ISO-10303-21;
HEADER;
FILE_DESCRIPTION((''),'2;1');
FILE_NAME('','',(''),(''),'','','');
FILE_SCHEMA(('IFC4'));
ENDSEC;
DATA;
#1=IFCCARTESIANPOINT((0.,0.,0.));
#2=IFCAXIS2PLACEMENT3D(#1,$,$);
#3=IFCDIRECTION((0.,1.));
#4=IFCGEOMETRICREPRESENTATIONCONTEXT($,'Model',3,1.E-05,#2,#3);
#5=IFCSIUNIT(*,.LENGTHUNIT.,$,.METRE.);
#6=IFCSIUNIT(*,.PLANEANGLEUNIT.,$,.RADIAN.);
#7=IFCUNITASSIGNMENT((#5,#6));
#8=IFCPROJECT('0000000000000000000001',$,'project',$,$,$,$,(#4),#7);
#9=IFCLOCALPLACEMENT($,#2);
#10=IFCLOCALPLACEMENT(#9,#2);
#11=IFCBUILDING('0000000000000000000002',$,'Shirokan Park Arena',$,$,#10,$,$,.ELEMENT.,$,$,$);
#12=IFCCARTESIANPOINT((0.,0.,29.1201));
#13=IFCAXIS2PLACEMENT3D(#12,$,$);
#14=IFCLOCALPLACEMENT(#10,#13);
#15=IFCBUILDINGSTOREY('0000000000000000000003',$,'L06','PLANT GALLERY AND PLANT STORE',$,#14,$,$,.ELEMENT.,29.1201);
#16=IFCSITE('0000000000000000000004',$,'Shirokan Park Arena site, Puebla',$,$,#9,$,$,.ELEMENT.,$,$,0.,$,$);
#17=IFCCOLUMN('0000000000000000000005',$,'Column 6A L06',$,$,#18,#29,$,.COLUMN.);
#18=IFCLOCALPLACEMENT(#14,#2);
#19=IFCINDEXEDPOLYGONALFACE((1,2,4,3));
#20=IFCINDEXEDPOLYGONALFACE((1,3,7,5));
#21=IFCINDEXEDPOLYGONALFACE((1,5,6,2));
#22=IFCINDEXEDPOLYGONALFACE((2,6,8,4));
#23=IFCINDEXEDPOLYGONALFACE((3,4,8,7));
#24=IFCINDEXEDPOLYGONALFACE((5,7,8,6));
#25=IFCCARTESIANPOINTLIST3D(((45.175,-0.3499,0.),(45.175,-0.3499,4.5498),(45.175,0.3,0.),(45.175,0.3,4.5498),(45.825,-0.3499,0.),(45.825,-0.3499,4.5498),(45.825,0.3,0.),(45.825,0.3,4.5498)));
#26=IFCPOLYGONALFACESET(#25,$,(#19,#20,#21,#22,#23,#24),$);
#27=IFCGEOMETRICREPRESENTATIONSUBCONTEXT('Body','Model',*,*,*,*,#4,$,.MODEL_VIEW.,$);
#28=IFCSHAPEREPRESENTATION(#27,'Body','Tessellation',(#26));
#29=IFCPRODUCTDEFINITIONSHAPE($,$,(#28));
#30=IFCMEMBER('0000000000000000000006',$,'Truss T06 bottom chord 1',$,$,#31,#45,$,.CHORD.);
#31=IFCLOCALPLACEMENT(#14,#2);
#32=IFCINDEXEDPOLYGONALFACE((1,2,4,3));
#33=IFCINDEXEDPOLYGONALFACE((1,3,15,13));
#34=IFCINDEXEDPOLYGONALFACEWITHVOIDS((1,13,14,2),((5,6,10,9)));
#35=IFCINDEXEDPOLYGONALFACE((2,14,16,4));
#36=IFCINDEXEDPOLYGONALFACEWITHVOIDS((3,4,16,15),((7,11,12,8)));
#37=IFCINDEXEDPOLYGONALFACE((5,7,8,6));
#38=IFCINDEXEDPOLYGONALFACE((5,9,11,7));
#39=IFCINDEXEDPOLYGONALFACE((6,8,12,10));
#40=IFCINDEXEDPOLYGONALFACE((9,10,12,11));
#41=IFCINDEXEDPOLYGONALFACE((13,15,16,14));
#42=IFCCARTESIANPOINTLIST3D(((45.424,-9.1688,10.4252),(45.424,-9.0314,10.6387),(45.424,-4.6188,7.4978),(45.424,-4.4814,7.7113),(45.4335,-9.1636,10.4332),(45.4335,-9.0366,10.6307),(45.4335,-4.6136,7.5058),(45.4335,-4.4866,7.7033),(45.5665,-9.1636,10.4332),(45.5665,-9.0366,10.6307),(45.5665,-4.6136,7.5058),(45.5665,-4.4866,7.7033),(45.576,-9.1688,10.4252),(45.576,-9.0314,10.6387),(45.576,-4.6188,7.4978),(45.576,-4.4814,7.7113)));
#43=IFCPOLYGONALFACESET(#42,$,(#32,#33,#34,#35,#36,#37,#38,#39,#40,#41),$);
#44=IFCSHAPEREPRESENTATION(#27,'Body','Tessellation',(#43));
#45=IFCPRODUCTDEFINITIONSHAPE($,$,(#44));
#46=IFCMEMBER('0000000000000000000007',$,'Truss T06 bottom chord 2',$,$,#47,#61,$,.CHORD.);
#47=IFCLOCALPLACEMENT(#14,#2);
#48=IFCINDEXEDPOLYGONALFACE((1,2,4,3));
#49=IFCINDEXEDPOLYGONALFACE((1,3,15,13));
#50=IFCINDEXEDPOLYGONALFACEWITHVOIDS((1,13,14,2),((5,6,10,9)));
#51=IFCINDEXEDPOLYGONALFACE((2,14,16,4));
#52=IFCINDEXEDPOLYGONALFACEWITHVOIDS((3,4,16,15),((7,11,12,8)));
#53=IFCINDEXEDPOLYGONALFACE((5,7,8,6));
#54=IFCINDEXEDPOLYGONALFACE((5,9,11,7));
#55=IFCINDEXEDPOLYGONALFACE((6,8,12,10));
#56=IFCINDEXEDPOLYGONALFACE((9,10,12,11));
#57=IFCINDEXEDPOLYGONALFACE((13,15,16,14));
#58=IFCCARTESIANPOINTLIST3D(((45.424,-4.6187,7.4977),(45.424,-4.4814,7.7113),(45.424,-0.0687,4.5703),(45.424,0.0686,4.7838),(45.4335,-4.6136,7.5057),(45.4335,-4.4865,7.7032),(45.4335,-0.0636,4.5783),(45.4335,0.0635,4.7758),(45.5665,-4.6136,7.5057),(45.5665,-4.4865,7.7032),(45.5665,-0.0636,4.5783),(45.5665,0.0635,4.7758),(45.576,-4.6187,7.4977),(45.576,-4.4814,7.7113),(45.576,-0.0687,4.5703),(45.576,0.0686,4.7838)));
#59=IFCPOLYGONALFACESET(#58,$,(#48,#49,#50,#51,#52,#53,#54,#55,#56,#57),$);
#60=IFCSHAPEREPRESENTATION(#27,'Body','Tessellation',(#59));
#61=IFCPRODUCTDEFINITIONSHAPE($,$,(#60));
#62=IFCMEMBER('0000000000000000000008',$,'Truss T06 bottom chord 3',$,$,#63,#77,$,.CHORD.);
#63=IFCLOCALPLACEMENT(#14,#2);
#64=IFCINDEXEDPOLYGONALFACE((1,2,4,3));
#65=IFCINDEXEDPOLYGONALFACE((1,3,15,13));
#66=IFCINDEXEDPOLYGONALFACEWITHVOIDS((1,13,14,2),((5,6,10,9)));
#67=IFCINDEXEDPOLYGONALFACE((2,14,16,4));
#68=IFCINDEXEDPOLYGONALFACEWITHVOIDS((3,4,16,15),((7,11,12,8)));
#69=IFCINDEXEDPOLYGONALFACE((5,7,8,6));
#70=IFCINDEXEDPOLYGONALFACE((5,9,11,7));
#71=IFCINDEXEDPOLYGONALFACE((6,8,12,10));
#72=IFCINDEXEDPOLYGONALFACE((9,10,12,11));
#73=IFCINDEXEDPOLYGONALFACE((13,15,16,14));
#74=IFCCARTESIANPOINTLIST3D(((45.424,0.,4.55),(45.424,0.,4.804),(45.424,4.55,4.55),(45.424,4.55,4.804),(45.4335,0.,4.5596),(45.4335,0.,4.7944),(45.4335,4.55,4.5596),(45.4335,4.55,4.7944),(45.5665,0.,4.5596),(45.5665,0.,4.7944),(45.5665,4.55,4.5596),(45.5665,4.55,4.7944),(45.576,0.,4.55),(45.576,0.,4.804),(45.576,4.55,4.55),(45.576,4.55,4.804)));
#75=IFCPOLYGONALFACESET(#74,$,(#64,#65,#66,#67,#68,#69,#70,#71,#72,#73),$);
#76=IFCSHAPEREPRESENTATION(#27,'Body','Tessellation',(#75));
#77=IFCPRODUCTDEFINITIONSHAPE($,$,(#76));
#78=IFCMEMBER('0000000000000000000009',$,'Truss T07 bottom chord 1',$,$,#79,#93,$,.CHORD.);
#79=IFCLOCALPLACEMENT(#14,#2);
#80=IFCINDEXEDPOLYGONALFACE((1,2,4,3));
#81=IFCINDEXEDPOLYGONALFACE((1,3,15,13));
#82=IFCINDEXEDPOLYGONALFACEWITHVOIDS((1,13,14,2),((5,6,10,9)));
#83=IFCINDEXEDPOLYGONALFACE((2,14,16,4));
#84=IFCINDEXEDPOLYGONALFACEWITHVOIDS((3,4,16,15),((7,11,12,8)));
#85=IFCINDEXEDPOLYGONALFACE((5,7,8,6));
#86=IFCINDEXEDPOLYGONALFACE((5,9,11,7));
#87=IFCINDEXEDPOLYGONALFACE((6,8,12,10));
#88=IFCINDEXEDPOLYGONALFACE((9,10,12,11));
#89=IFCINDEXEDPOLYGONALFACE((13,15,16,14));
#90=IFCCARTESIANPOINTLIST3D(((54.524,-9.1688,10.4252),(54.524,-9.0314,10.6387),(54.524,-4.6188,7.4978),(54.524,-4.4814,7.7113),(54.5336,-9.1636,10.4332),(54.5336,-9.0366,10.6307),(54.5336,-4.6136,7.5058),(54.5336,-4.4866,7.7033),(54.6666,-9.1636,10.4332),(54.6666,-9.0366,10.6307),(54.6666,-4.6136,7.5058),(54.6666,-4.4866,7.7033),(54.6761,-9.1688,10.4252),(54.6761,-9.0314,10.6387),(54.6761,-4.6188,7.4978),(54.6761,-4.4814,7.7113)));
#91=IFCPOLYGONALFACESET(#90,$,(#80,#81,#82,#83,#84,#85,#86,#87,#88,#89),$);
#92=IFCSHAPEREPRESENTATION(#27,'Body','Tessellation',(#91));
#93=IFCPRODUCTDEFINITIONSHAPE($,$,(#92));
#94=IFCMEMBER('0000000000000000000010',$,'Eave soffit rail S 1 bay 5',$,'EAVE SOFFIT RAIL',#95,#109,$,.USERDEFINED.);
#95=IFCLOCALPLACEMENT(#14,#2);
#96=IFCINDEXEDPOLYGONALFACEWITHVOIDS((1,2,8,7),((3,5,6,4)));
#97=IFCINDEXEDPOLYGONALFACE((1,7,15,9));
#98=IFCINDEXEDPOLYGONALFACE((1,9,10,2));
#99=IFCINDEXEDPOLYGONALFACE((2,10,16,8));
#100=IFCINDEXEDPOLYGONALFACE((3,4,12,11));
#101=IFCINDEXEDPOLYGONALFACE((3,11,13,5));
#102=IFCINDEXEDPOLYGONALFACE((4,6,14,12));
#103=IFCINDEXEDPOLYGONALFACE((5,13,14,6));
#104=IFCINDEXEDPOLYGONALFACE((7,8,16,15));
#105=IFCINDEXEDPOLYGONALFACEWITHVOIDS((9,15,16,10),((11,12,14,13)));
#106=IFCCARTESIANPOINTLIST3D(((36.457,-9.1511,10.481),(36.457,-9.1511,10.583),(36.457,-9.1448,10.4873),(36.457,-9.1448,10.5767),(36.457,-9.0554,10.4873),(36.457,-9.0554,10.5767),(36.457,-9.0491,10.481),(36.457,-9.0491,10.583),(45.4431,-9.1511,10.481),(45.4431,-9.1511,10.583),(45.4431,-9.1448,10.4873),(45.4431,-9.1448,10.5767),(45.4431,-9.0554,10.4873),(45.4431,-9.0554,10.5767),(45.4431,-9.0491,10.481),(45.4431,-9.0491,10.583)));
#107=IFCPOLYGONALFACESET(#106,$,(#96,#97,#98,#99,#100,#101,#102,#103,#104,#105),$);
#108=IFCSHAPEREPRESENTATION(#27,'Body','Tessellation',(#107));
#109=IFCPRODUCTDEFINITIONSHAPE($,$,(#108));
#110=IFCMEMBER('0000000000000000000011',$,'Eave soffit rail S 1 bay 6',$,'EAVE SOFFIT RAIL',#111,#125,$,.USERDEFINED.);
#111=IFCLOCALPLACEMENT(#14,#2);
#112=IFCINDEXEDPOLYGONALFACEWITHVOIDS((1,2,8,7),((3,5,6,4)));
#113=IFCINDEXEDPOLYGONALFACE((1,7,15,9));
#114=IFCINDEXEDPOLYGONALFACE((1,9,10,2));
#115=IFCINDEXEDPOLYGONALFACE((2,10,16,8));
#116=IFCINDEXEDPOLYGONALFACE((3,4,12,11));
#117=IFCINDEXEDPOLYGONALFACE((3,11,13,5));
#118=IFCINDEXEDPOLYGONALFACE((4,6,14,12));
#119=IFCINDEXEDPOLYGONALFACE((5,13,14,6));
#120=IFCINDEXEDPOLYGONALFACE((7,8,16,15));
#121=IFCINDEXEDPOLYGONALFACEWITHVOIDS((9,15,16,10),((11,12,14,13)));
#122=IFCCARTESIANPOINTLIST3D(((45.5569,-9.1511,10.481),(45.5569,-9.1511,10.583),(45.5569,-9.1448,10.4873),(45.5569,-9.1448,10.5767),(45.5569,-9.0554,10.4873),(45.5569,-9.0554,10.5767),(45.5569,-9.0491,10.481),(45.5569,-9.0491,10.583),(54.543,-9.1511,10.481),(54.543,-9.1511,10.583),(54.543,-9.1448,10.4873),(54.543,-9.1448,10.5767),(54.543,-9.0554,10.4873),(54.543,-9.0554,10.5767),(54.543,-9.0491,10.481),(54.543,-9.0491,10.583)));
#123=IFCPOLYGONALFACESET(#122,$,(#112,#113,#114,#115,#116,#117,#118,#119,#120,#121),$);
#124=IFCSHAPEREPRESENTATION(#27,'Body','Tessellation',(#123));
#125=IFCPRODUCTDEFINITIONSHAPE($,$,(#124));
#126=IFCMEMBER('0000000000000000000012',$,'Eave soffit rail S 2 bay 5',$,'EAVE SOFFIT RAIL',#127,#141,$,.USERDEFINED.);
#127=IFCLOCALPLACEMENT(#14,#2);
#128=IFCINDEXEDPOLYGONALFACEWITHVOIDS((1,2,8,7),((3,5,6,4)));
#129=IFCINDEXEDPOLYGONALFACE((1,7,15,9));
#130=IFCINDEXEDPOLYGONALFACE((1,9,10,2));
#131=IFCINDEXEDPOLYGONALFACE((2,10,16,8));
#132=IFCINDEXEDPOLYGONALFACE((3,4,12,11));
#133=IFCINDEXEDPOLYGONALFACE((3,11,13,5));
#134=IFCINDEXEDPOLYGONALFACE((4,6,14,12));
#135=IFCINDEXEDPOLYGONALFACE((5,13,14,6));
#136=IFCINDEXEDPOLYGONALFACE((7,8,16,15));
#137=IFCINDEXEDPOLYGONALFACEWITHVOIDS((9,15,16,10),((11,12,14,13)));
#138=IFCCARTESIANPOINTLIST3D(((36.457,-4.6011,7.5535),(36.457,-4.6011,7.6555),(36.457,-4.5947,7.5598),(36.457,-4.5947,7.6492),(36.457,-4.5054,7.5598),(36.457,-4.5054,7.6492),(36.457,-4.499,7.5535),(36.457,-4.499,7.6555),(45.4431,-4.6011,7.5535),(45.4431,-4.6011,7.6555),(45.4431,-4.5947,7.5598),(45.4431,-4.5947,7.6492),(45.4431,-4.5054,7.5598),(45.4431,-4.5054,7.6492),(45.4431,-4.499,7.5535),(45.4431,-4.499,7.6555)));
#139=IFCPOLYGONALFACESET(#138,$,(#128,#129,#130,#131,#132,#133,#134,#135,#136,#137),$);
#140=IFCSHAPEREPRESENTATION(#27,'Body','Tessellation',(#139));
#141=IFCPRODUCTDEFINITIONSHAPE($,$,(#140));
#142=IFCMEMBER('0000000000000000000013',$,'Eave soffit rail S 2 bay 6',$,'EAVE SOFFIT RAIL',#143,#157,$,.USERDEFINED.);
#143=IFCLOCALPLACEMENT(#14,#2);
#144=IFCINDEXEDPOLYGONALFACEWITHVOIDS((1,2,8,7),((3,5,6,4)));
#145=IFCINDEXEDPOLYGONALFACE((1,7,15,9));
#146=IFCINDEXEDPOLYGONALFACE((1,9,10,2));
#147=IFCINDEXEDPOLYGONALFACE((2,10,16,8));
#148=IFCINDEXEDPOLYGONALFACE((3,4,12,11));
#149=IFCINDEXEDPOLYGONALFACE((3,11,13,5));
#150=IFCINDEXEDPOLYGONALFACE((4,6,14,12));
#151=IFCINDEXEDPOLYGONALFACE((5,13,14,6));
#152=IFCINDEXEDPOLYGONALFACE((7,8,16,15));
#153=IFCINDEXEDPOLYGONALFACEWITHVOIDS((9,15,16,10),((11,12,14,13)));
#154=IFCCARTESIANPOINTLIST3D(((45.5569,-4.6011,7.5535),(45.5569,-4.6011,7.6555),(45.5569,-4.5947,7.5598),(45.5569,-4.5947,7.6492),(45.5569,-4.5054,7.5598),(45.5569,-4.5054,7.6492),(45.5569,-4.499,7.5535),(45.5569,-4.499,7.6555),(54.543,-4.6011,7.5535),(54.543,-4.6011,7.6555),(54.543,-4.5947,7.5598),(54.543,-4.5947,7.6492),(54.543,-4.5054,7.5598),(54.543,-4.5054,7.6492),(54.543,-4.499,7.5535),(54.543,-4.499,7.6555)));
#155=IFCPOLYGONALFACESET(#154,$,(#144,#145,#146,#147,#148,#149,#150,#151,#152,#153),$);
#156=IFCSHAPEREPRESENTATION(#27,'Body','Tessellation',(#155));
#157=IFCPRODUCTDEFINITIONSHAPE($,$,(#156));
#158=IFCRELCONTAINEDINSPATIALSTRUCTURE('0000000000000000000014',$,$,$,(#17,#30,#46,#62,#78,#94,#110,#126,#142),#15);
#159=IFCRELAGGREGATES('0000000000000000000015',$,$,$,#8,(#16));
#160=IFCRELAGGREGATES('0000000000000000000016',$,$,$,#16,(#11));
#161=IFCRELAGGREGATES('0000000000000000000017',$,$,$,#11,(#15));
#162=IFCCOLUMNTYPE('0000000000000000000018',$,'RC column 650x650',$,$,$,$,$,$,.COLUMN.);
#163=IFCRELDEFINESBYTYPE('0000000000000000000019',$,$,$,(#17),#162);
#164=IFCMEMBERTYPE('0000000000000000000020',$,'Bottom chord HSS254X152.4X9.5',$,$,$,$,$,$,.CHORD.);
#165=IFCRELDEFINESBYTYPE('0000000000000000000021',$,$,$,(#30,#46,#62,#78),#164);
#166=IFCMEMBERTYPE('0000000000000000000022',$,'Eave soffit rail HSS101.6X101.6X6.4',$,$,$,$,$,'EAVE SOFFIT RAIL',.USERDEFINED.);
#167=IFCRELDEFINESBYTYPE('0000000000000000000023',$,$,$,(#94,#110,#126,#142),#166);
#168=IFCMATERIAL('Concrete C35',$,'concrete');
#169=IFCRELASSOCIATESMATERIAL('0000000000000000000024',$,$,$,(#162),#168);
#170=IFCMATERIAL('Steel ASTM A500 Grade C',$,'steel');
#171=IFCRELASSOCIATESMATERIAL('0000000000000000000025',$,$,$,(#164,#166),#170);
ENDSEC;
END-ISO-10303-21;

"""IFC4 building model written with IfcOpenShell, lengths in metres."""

from ifc_helpers import new_model, si_unit, direction, frame, origin, origin_2d, place, context, subcontext, project, spatial, rectangle, hollow_rectangle, extrude, material, material_profile, profile_set, type_object, element, save


model = new_model("IFC4")

# Units and contexts
model_context = context("Model", 3, precision=1e-05, world=origin(), true_north=direction((0.0, 1.0)))
body_context = subcontext(model_context, "Body", "Model", "MODEL_VIEW")
ifc_project = project(units=[si_unit("LENGTHUNIT", "METRE"), si_unit("PLANEANGLEUNIT", "RADIAN")], contexts=[model_context])

# Site, building, storey
site_placement = place(None, origin())
site = spatial("IfcSite", under=ifc_project, at=site_placement, Name="Shirokan Park Arena site, Puebla", CompositionType="ELEMENT", RefElevation=0.0)
building_placement = place(site_placement, origin())
building = spatial("IfcBuilding", under=site, at=building_placement, Name="Shirokan Park Arena", CompositionType="ELEMENT")
storey_placement = place(building_placement, frame((0.0, 0.0, 29.1201)))
storey = spatial("IfcBuildingStorey", under=building, at=storey_placement, Name="L06", Description="PLANT GALLERY AND PLANT STORE", CompositionType="ELEMENT", Elevation=29.1201)

# Column
ifc_material_1 = material(Name="Concrete C35", Category="concrete")
ifc_material_profile_1 = material_profile(ifc_material_1, rectangle(XDim=0.6499, YDim=0.6499, at=origin_2d()), Name="650x650")
ifc_profile_set_1 = profile_set([ifc_material_profile_1], Name="Concrete C35")
column_type = type_object("IfcColumnType", Name="RC column 650x650", PredefinedType="COLUMN", material=ifc_profile_set_1)
column_placement = place(storey_placement, frame((45.5, -0.0249, 0.0), z_axis=(0.0, 0.0, 1.0), x_axis=(1.0, 0.0, 0.0)))
element("IfcColumn", 1, at=column_placement, inside=storey, type_object=column_type, Name="Column 6A L06", PredefinedType="COLUMN", context=body_context, shape_type="SweptSolid", body=[
    extrude(rectangle(XDim=0.6499, YDim=0.6499, at=origin_2d()), origin(), (0.0, 0.0, 1.0), 4.5498),
])

# Members
ifc_material_2 = material(Name="Steel ASTM A500 Grade C", Category="steel")
ifc_material_profile_2 = material_profile(ifc_material_2, hollow_rectangle(XDim=0.1521, YDim=0.2539, WallThickness=0.0095, at=origin_2d()), Name="HSS254X152.4X9.5")
ifc_profile_set_2 = profile_set([ifc_material_profile_2], Name="Steel ASTM A500 Grade C")
member_type_1 = type_object("IfcMemberType", Name="Bottom chord HSS254X152.4X9.5", PredefinedType="CHORD", material=ifc_profile_set_2)
for number, where, z_axis, x_axis, name in (
    (2, (45.5, -9.1001, 10.532), (0.0, 0.840972, -0.541079), (-1.0, 0.0, 0.0), "Truss T06 bottom chord 1"),
    (3, (45.5, -4.55, 7.6045), (0.0, 0.840972, -0.541079), (-1.0, 0.0, 0.0), "Truss T06 bottom chord 2"),
):
    element("IfcMember", number, at=place(storey_placement, frame(where, z_axis=z_axis, x_axis=x_axis)), inside=storey, type_object=member_type_1, Name=name, PredefinedType="CHORD", context=body_context, shape_type="SweptSolid", body=[
        extrude(hollow_rectangle(XDim=0.1521, YDim=0.2539, WallThickness=0.0095, at=origin_2d()), origin(), (0.0, 0.0, 1.0), 5.4104),
    ])
member_1_placement = place(storey_placement, frame((45.5, 0.0, 4.677), z_axis=(0.0, 1.0, 0.0), x_axis=(-1.0, 0.0, 0.0)))
element("IfcMember", 4, at=member_1_placement, inside=storey, type_object=member_type_1, Name="Truss T06 bottom chord 3", PredefinedType="CHORD", context=body_context, shape_type="SweptSolid", body=[
    extrude(hollow_rectangle(XDim=0.1521, YDim=0.2539, WallThickness=0.0095, at=origin_2d()), origin(), (0.0, 0.0, 1.0), 4.55),
])
member_2_placement = place(storey_placement, frame((54.6001, -9.1001, 10.532), z_axis=(0.0, 0.840972, -0.541079), x_axis=(-1.0, 0.0, 0.0)))
element("IfcMember", 5, at=member_2_placement, inside=storey, type_object=member_type_1, Name="Truss T07 bottom chord 1", PredefinedType="CHORD", context=body_context, shape_type="SweptSolid", body=[
    extrude(hollow_rectangle(XDim=0.1521, YDim=0.2539, WallThickness=0.0095, at=origin_2d()), origin(), (0.0, 0.0, 1.0), 5.4104),
])
ifc_material_profile_3 = material_profile(ifc_material_2, hollow_rectangle(XDim=0.1021, YDim=0.1021, WallThickness=0.0063, at=origin_2d()), Name="HSS101.6X101.6X6.4")
ifc_profile_set_3 = profile_set([ifc_material_profile_3], Name="Steel ASTM A500 Grade C")
member_type_2 = type_object("IfcMemberType", Name="Eave soffit rail HSS101.6X101.6X6.4", ElementType="EAVE SOFFIT RAIL", PredefinedType="USERDEFINED", material=ifc_profile_set_3)
for number, where, z_axis, x_axis, name in (
    (6, (36.457, -9.1001, 10.532), (1.0, 0.0, 0.0), (0.0, 1.0, 0.0), "Eave soffit rail S 1 bay 5"),
    (7, (45.5569, -9.1001, 10.532), (1.0, 0.0, 0.0), (0.0, 1.0, 0.0), "Eave soffit rail S 1 bay 6"),
    (8, (36.457, -4.55, 7.6045), (1.0, 0.0, 0.0), (0.0, 1.0, 0.0), "Eave soffit rail S 2 bay 5"),
    (9, (45.5569, -4.55, 7.6045), (1.0, 0.0, 0.0), (0.0, 1.0, 0.0), "Eave soffit rail S 2 bay 6"),
):
    element("IfcMember", number, at=place(storey_placement, frame(where, z_axis=z_axis, x_axis=x_axis)), inside=storey, type_object=member_type_2, Name=name, ObjectType="EAVE SOFFIT RAIL", PredefinedType="USERDEFINED", context=body_context, shape_type="SweptSolid", body=[
        extrude(hollow_rectangle(XDim=0.1021, YDim=0.1021, WallThickness=0.0063, at=origin_2d()), origin(), (0.0, 0.0, 1.0), 8.9861),
    ])

save(model, "model.ifc")
